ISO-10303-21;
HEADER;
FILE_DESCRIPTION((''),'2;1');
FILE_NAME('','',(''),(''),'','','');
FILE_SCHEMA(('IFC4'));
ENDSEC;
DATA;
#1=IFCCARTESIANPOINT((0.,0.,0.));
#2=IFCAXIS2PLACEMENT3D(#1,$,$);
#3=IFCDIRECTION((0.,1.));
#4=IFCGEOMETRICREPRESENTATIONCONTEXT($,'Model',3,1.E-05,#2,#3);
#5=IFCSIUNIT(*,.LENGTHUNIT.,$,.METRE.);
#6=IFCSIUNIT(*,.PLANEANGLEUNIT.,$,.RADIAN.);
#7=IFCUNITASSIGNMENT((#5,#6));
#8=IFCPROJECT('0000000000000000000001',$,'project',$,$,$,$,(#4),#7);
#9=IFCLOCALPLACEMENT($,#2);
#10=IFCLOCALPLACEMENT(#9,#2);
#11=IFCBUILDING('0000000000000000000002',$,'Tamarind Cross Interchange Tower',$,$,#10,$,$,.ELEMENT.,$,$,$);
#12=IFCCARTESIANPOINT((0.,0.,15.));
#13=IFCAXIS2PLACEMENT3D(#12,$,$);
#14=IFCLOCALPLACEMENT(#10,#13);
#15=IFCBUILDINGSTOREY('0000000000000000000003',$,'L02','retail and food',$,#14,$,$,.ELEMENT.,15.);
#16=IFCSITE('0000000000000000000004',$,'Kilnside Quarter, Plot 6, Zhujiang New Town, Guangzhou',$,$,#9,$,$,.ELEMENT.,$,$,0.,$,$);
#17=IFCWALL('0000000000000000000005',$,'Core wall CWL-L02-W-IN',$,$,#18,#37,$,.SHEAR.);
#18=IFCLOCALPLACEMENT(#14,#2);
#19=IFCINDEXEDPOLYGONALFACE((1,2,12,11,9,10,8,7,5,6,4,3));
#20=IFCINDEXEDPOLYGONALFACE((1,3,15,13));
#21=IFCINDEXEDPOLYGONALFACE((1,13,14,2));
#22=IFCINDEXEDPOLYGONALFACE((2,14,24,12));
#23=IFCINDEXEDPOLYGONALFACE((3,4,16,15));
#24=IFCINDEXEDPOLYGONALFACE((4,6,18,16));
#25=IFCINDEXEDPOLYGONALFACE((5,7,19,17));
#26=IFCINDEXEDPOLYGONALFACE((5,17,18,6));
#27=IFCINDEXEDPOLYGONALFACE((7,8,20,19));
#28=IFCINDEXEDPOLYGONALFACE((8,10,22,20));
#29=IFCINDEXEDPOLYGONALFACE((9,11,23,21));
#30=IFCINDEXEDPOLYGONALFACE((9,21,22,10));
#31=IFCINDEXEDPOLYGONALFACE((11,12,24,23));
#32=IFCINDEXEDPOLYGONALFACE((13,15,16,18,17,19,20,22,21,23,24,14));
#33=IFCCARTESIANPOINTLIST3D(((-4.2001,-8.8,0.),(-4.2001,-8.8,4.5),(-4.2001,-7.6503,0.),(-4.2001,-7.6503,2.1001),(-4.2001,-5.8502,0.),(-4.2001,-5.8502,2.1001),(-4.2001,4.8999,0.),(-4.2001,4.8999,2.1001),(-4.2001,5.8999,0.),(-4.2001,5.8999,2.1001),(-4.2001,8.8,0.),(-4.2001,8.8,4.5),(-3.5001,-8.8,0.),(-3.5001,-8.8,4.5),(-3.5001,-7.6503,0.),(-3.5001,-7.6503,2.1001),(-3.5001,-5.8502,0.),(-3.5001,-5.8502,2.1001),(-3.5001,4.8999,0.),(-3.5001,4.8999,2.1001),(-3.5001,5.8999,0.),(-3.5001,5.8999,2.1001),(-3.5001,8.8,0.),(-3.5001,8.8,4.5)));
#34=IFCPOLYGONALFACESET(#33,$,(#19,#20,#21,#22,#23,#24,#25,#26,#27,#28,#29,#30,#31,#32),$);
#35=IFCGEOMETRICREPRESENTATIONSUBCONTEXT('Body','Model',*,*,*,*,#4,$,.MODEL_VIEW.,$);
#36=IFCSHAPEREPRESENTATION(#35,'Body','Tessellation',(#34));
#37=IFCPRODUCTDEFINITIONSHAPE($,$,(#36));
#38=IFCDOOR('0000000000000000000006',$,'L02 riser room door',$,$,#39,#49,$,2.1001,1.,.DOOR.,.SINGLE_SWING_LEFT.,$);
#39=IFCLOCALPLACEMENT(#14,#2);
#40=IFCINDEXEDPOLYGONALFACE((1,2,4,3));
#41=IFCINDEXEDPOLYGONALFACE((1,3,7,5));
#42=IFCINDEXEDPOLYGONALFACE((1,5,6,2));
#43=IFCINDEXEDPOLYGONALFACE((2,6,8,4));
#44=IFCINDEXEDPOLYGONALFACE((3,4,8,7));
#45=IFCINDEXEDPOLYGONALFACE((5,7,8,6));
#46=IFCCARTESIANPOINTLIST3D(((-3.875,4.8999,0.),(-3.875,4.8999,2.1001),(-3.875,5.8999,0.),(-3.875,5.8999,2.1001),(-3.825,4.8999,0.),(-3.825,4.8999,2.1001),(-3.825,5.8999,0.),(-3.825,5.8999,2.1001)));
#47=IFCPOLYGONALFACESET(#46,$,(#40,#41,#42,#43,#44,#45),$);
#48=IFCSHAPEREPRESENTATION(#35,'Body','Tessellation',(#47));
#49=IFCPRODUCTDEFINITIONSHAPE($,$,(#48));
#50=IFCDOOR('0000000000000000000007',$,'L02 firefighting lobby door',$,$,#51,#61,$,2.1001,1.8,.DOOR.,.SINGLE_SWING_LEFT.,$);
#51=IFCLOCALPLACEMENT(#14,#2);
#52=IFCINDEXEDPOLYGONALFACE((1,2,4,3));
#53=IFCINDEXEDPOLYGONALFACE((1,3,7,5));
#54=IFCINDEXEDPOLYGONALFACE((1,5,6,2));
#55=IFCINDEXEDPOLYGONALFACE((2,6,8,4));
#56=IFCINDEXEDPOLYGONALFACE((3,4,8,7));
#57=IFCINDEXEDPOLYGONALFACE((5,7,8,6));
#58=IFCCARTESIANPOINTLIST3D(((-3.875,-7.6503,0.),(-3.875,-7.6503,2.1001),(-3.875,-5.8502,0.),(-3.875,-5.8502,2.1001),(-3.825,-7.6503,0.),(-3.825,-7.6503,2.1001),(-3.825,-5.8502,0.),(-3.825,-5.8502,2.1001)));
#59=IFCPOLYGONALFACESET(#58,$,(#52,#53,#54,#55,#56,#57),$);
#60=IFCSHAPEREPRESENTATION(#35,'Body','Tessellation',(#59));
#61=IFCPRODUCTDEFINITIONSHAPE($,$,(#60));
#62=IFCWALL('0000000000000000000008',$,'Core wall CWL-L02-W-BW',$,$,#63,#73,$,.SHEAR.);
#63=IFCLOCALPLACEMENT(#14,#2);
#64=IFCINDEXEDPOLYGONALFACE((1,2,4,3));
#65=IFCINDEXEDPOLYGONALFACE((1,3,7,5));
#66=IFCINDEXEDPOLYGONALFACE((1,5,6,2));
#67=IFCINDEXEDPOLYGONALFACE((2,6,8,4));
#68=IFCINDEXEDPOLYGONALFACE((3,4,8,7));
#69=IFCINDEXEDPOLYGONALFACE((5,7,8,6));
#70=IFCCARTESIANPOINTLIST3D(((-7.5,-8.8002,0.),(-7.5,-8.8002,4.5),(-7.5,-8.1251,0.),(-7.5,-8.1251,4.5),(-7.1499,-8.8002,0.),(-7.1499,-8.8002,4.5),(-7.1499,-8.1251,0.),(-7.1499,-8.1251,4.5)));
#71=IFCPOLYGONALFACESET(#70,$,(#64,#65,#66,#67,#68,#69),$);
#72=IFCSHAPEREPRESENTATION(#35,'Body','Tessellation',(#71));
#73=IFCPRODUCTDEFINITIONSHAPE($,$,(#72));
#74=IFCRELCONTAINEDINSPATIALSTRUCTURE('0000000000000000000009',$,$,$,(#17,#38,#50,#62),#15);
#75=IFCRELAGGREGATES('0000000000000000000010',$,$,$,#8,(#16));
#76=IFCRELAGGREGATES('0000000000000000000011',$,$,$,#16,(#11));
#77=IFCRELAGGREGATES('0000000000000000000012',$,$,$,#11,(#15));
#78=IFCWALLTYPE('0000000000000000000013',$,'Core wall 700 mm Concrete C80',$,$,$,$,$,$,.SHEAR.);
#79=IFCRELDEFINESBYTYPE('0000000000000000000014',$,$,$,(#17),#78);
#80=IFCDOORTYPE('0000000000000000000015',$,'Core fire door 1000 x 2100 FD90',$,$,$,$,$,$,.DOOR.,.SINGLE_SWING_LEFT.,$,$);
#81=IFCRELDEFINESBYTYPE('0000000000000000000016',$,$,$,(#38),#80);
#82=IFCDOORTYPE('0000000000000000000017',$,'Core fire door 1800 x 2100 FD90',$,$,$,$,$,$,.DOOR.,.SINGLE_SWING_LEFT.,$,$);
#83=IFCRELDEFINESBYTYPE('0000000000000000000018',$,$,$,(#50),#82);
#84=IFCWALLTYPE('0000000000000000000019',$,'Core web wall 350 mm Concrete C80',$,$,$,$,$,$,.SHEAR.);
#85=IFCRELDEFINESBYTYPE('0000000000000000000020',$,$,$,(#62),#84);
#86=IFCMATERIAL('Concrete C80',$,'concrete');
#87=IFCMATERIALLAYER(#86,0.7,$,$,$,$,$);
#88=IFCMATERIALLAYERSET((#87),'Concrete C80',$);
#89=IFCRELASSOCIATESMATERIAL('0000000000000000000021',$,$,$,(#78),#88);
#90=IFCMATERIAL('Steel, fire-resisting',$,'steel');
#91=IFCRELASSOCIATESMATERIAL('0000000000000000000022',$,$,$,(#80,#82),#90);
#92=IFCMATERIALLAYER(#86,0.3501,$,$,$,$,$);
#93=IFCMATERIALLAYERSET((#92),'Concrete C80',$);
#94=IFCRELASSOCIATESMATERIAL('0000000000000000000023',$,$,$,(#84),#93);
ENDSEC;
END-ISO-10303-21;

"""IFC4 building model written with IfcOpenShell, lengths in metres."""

from ifc_helpers import new_model, si_unit, direction, frame, frame_2d, origin, place, context, subcontext, project, spatial, rectangle, extrude, material, layer, layer_set, type_object, element, fill, save


model = new_model("IFC4")

# Units and contexts
model_context = context("Model", 3, precision=1e-05, world=origin(), true_north=direction((0.0, 1.0)))
body_context = subcontext(model_context, "Body", "Model", "MODEL_VIEW")
ifc_project = project(units=[si_unit("LENGTHUNIT", "METRE"), si_unit("PLANEANGLEUNIT", "RADIAN")], contexts=[model_context])

# Site, building, storey
site_placement = place(None, origin())
site = spatial("IfcSite", under=ifc_project, at=site_placement, Name="Kilnside Quarter, Plot 6, Zhujiang New Town, Guangzhou", CompositionType="ELEMENT", RefElevation=0.0)
building_placement = place(site_placement, origin())
building = spatial("IfcBuilding", under=site, at=building_placement, Name="Tamarind Cross Interchange Tower", CompositionType="ELEMENT")
storey_placement = place(building_placement, frame((0.0, 0.0, 15.0)))
storey = spatial("IfcBuildingStorey", under=building, at=storey_placement, Name="L02", Description="retail and food", CompositionType="ELEMENT", Elevation=15.0)

# Shared definitions
ifc_material_1 = material(Name="Concrete C80", Category="concrete")

# Wall, openings, doors
ifc_layer_1 = layer(ifc_material_1, 0.7)
ifc_layer_set_1 = layer_set([ifc_layer_1], Name="Concrete C80")
wall_type_1 = type_object("IfcWallType", Name="Core wall 700 mm Concrete C80", PredefinedType="SHEAR", material=ifc_layer_set_1)
ifc_material_2 = material(Name="Steel, fire-resisting", Category="steel")
wall_1_placement = place(storey_placement, frame((-3.8501, -8.8, 0.0), z_axis=(0.0, 0.0, 1.0), x_axis=(0.0, 1.0, 0.0)))
wall_1 = element("IfcWall", 1, at=wall_1_placement, inside=storey, type_object=wall_type_1, Name="Core wall CWL-L02-W-IN", PredefinedType="SHEAR", context=body_context, shape_type="SweptSolid", body=[
    extrude(rectangle(XDim=17.6001, YDim=0.7, at=frame_2d((8.8, 0.0))), origin(), (0.0, 0.0, 1.0), 4.5),
])
opening_1_placement = place(wall_1_placement, frame((1.1499, 0.0, 0.0)))
opening_1 = element("IfcOpeningElement", 2, at=opening_1_placement, cuts=wall_1, PredefinedType="OPENING", context=body_context, shape_type="SweptSolid", body=[
    extrude(rectangle(XDim=1.8, YDim=2.1001, at=frame_2d((0.8999, 1.05))), frame((0.0, 0.3599, 0.0), z_axis=(0.0, -1.0, 0.0), x_axis=(1.0, 0.0, 0.0)), (0.0, 0.0, 1.0), 0.72),
])
opening_2_placement = place(wall_1_placement, frame((13.7, 0.0, 0.0)))
opening_2 = element("IfcOpeningElement", 3, at=opening_2_placement, cuts=wall_1, PredefinedType="OPENING", context=body_context, shape_type="SweptSolid", body=[
    extrude(rectangle(XDim=1.0, YDim=2.1001, at=frame_2d((0.5, 1.05))), frame((0.0, 0.3599, 0.0), z_axis=(0.0, -1.0, 0.0), x_axis=(1.0, 0.0, 0.0)), (0.0, 0.0, 1.0), 0.72),
])
door_type_1 = type_object("IfcDoorType", Name="Core fire door 1000 x 2100 FD90", OperationType="SINGLE_SWING_LEFT", PredefinedType="DOOR", material=ifc_material_2)
door_1_placement = place(opening_2_placement, origin())
door_1 = element("IfcDoor", 4, at=door_1_placement, inside=storey, type_object=door_type_1, Name="L02 riser room door", OperationType="SINGLE_SWING_LEFT", OverallHeight=2.1001, OverallWidth=1.0, PredefinedType="DOOR", context=body_context, shape_type="SweptSolid", body=[
    extrude(rectangle(XDim=1.0, YDim=2.1001, at=frame_2d((0.5, 1.05))), frame((0.0, 0.0249, 0.0), z_axis=(0.0, -1.0, 0.0), x_axis=(1.0, 0.0, 0.0)), (0.0, 0.0, 1.0), 0.05),
])
fill(opening_2, door_1)
door_type_2 = type_object("IfcDoorType", Name="Core fire door 1800 x 2100 FD90", OperationType="SINGLE_SWING_LEFT", PredefinedType="DOOR", material=ifc_material_2)
door_2_placement = place(opening_1_placement, origin())
door_2 = element("IfcDoor", 5, at=door_2_placement, inside=storey, type_object=door_type_2, Name="L02 firefighting lobby door", OperationType="SINGLE_SWING_LEFT", OverallHeight=2.1001, OverallWidth=1.8, PredefinedType="DOOR", context=body_context, shape_type="SweptSolid", body=[
    extrude(rectangle(XDim=1.8, YDim=2.1001, at=frame_2d((0.8999, 1.05))), frame((0.0, 0.0249, 0.0), z_axis=(0.0, -1.0, 0.0), x_axis=(1.0, 0.0, 0.0)), (0.0, 0.0, 1.0), 0.05),
])
fill(opening_1, door_2)

# Wall
ifc_layer_2 = layer(ifc_material_1, 0.3501)
ifc_layer_set_2 = layer_set([ifc_layer_2], Name="Concrete C80")
wall_type_2 = type_object("IfcWallType", Name="Core web wall 350 mm Concrete C80", PredefinedType="SHEAR", material=ifc_layer_set_2)
wall_2_placement = place(storey_placement, frame((-7.325, -8.8, 0.0), z_axis=(0.0, 0.0, 1.0), x_axis=(0.0, 1.0, 0.0)))
element("IfcWall", 6, at=wall_2_placement, inside=storey, type_object=wall_type_2, Name="Core wall CWL-L02-W-BW", PredefinedType="SHEAR", context=body_context, shape_type="SweptSolid", body=[
    extrude(rectangle(XDim=0.675, YDim=0.3501, at=frame_2d((0.3374, 0.0))), origin(), (0.0, 0.0, 1.0), 4.5),
])

save(model, "model.ifc")
